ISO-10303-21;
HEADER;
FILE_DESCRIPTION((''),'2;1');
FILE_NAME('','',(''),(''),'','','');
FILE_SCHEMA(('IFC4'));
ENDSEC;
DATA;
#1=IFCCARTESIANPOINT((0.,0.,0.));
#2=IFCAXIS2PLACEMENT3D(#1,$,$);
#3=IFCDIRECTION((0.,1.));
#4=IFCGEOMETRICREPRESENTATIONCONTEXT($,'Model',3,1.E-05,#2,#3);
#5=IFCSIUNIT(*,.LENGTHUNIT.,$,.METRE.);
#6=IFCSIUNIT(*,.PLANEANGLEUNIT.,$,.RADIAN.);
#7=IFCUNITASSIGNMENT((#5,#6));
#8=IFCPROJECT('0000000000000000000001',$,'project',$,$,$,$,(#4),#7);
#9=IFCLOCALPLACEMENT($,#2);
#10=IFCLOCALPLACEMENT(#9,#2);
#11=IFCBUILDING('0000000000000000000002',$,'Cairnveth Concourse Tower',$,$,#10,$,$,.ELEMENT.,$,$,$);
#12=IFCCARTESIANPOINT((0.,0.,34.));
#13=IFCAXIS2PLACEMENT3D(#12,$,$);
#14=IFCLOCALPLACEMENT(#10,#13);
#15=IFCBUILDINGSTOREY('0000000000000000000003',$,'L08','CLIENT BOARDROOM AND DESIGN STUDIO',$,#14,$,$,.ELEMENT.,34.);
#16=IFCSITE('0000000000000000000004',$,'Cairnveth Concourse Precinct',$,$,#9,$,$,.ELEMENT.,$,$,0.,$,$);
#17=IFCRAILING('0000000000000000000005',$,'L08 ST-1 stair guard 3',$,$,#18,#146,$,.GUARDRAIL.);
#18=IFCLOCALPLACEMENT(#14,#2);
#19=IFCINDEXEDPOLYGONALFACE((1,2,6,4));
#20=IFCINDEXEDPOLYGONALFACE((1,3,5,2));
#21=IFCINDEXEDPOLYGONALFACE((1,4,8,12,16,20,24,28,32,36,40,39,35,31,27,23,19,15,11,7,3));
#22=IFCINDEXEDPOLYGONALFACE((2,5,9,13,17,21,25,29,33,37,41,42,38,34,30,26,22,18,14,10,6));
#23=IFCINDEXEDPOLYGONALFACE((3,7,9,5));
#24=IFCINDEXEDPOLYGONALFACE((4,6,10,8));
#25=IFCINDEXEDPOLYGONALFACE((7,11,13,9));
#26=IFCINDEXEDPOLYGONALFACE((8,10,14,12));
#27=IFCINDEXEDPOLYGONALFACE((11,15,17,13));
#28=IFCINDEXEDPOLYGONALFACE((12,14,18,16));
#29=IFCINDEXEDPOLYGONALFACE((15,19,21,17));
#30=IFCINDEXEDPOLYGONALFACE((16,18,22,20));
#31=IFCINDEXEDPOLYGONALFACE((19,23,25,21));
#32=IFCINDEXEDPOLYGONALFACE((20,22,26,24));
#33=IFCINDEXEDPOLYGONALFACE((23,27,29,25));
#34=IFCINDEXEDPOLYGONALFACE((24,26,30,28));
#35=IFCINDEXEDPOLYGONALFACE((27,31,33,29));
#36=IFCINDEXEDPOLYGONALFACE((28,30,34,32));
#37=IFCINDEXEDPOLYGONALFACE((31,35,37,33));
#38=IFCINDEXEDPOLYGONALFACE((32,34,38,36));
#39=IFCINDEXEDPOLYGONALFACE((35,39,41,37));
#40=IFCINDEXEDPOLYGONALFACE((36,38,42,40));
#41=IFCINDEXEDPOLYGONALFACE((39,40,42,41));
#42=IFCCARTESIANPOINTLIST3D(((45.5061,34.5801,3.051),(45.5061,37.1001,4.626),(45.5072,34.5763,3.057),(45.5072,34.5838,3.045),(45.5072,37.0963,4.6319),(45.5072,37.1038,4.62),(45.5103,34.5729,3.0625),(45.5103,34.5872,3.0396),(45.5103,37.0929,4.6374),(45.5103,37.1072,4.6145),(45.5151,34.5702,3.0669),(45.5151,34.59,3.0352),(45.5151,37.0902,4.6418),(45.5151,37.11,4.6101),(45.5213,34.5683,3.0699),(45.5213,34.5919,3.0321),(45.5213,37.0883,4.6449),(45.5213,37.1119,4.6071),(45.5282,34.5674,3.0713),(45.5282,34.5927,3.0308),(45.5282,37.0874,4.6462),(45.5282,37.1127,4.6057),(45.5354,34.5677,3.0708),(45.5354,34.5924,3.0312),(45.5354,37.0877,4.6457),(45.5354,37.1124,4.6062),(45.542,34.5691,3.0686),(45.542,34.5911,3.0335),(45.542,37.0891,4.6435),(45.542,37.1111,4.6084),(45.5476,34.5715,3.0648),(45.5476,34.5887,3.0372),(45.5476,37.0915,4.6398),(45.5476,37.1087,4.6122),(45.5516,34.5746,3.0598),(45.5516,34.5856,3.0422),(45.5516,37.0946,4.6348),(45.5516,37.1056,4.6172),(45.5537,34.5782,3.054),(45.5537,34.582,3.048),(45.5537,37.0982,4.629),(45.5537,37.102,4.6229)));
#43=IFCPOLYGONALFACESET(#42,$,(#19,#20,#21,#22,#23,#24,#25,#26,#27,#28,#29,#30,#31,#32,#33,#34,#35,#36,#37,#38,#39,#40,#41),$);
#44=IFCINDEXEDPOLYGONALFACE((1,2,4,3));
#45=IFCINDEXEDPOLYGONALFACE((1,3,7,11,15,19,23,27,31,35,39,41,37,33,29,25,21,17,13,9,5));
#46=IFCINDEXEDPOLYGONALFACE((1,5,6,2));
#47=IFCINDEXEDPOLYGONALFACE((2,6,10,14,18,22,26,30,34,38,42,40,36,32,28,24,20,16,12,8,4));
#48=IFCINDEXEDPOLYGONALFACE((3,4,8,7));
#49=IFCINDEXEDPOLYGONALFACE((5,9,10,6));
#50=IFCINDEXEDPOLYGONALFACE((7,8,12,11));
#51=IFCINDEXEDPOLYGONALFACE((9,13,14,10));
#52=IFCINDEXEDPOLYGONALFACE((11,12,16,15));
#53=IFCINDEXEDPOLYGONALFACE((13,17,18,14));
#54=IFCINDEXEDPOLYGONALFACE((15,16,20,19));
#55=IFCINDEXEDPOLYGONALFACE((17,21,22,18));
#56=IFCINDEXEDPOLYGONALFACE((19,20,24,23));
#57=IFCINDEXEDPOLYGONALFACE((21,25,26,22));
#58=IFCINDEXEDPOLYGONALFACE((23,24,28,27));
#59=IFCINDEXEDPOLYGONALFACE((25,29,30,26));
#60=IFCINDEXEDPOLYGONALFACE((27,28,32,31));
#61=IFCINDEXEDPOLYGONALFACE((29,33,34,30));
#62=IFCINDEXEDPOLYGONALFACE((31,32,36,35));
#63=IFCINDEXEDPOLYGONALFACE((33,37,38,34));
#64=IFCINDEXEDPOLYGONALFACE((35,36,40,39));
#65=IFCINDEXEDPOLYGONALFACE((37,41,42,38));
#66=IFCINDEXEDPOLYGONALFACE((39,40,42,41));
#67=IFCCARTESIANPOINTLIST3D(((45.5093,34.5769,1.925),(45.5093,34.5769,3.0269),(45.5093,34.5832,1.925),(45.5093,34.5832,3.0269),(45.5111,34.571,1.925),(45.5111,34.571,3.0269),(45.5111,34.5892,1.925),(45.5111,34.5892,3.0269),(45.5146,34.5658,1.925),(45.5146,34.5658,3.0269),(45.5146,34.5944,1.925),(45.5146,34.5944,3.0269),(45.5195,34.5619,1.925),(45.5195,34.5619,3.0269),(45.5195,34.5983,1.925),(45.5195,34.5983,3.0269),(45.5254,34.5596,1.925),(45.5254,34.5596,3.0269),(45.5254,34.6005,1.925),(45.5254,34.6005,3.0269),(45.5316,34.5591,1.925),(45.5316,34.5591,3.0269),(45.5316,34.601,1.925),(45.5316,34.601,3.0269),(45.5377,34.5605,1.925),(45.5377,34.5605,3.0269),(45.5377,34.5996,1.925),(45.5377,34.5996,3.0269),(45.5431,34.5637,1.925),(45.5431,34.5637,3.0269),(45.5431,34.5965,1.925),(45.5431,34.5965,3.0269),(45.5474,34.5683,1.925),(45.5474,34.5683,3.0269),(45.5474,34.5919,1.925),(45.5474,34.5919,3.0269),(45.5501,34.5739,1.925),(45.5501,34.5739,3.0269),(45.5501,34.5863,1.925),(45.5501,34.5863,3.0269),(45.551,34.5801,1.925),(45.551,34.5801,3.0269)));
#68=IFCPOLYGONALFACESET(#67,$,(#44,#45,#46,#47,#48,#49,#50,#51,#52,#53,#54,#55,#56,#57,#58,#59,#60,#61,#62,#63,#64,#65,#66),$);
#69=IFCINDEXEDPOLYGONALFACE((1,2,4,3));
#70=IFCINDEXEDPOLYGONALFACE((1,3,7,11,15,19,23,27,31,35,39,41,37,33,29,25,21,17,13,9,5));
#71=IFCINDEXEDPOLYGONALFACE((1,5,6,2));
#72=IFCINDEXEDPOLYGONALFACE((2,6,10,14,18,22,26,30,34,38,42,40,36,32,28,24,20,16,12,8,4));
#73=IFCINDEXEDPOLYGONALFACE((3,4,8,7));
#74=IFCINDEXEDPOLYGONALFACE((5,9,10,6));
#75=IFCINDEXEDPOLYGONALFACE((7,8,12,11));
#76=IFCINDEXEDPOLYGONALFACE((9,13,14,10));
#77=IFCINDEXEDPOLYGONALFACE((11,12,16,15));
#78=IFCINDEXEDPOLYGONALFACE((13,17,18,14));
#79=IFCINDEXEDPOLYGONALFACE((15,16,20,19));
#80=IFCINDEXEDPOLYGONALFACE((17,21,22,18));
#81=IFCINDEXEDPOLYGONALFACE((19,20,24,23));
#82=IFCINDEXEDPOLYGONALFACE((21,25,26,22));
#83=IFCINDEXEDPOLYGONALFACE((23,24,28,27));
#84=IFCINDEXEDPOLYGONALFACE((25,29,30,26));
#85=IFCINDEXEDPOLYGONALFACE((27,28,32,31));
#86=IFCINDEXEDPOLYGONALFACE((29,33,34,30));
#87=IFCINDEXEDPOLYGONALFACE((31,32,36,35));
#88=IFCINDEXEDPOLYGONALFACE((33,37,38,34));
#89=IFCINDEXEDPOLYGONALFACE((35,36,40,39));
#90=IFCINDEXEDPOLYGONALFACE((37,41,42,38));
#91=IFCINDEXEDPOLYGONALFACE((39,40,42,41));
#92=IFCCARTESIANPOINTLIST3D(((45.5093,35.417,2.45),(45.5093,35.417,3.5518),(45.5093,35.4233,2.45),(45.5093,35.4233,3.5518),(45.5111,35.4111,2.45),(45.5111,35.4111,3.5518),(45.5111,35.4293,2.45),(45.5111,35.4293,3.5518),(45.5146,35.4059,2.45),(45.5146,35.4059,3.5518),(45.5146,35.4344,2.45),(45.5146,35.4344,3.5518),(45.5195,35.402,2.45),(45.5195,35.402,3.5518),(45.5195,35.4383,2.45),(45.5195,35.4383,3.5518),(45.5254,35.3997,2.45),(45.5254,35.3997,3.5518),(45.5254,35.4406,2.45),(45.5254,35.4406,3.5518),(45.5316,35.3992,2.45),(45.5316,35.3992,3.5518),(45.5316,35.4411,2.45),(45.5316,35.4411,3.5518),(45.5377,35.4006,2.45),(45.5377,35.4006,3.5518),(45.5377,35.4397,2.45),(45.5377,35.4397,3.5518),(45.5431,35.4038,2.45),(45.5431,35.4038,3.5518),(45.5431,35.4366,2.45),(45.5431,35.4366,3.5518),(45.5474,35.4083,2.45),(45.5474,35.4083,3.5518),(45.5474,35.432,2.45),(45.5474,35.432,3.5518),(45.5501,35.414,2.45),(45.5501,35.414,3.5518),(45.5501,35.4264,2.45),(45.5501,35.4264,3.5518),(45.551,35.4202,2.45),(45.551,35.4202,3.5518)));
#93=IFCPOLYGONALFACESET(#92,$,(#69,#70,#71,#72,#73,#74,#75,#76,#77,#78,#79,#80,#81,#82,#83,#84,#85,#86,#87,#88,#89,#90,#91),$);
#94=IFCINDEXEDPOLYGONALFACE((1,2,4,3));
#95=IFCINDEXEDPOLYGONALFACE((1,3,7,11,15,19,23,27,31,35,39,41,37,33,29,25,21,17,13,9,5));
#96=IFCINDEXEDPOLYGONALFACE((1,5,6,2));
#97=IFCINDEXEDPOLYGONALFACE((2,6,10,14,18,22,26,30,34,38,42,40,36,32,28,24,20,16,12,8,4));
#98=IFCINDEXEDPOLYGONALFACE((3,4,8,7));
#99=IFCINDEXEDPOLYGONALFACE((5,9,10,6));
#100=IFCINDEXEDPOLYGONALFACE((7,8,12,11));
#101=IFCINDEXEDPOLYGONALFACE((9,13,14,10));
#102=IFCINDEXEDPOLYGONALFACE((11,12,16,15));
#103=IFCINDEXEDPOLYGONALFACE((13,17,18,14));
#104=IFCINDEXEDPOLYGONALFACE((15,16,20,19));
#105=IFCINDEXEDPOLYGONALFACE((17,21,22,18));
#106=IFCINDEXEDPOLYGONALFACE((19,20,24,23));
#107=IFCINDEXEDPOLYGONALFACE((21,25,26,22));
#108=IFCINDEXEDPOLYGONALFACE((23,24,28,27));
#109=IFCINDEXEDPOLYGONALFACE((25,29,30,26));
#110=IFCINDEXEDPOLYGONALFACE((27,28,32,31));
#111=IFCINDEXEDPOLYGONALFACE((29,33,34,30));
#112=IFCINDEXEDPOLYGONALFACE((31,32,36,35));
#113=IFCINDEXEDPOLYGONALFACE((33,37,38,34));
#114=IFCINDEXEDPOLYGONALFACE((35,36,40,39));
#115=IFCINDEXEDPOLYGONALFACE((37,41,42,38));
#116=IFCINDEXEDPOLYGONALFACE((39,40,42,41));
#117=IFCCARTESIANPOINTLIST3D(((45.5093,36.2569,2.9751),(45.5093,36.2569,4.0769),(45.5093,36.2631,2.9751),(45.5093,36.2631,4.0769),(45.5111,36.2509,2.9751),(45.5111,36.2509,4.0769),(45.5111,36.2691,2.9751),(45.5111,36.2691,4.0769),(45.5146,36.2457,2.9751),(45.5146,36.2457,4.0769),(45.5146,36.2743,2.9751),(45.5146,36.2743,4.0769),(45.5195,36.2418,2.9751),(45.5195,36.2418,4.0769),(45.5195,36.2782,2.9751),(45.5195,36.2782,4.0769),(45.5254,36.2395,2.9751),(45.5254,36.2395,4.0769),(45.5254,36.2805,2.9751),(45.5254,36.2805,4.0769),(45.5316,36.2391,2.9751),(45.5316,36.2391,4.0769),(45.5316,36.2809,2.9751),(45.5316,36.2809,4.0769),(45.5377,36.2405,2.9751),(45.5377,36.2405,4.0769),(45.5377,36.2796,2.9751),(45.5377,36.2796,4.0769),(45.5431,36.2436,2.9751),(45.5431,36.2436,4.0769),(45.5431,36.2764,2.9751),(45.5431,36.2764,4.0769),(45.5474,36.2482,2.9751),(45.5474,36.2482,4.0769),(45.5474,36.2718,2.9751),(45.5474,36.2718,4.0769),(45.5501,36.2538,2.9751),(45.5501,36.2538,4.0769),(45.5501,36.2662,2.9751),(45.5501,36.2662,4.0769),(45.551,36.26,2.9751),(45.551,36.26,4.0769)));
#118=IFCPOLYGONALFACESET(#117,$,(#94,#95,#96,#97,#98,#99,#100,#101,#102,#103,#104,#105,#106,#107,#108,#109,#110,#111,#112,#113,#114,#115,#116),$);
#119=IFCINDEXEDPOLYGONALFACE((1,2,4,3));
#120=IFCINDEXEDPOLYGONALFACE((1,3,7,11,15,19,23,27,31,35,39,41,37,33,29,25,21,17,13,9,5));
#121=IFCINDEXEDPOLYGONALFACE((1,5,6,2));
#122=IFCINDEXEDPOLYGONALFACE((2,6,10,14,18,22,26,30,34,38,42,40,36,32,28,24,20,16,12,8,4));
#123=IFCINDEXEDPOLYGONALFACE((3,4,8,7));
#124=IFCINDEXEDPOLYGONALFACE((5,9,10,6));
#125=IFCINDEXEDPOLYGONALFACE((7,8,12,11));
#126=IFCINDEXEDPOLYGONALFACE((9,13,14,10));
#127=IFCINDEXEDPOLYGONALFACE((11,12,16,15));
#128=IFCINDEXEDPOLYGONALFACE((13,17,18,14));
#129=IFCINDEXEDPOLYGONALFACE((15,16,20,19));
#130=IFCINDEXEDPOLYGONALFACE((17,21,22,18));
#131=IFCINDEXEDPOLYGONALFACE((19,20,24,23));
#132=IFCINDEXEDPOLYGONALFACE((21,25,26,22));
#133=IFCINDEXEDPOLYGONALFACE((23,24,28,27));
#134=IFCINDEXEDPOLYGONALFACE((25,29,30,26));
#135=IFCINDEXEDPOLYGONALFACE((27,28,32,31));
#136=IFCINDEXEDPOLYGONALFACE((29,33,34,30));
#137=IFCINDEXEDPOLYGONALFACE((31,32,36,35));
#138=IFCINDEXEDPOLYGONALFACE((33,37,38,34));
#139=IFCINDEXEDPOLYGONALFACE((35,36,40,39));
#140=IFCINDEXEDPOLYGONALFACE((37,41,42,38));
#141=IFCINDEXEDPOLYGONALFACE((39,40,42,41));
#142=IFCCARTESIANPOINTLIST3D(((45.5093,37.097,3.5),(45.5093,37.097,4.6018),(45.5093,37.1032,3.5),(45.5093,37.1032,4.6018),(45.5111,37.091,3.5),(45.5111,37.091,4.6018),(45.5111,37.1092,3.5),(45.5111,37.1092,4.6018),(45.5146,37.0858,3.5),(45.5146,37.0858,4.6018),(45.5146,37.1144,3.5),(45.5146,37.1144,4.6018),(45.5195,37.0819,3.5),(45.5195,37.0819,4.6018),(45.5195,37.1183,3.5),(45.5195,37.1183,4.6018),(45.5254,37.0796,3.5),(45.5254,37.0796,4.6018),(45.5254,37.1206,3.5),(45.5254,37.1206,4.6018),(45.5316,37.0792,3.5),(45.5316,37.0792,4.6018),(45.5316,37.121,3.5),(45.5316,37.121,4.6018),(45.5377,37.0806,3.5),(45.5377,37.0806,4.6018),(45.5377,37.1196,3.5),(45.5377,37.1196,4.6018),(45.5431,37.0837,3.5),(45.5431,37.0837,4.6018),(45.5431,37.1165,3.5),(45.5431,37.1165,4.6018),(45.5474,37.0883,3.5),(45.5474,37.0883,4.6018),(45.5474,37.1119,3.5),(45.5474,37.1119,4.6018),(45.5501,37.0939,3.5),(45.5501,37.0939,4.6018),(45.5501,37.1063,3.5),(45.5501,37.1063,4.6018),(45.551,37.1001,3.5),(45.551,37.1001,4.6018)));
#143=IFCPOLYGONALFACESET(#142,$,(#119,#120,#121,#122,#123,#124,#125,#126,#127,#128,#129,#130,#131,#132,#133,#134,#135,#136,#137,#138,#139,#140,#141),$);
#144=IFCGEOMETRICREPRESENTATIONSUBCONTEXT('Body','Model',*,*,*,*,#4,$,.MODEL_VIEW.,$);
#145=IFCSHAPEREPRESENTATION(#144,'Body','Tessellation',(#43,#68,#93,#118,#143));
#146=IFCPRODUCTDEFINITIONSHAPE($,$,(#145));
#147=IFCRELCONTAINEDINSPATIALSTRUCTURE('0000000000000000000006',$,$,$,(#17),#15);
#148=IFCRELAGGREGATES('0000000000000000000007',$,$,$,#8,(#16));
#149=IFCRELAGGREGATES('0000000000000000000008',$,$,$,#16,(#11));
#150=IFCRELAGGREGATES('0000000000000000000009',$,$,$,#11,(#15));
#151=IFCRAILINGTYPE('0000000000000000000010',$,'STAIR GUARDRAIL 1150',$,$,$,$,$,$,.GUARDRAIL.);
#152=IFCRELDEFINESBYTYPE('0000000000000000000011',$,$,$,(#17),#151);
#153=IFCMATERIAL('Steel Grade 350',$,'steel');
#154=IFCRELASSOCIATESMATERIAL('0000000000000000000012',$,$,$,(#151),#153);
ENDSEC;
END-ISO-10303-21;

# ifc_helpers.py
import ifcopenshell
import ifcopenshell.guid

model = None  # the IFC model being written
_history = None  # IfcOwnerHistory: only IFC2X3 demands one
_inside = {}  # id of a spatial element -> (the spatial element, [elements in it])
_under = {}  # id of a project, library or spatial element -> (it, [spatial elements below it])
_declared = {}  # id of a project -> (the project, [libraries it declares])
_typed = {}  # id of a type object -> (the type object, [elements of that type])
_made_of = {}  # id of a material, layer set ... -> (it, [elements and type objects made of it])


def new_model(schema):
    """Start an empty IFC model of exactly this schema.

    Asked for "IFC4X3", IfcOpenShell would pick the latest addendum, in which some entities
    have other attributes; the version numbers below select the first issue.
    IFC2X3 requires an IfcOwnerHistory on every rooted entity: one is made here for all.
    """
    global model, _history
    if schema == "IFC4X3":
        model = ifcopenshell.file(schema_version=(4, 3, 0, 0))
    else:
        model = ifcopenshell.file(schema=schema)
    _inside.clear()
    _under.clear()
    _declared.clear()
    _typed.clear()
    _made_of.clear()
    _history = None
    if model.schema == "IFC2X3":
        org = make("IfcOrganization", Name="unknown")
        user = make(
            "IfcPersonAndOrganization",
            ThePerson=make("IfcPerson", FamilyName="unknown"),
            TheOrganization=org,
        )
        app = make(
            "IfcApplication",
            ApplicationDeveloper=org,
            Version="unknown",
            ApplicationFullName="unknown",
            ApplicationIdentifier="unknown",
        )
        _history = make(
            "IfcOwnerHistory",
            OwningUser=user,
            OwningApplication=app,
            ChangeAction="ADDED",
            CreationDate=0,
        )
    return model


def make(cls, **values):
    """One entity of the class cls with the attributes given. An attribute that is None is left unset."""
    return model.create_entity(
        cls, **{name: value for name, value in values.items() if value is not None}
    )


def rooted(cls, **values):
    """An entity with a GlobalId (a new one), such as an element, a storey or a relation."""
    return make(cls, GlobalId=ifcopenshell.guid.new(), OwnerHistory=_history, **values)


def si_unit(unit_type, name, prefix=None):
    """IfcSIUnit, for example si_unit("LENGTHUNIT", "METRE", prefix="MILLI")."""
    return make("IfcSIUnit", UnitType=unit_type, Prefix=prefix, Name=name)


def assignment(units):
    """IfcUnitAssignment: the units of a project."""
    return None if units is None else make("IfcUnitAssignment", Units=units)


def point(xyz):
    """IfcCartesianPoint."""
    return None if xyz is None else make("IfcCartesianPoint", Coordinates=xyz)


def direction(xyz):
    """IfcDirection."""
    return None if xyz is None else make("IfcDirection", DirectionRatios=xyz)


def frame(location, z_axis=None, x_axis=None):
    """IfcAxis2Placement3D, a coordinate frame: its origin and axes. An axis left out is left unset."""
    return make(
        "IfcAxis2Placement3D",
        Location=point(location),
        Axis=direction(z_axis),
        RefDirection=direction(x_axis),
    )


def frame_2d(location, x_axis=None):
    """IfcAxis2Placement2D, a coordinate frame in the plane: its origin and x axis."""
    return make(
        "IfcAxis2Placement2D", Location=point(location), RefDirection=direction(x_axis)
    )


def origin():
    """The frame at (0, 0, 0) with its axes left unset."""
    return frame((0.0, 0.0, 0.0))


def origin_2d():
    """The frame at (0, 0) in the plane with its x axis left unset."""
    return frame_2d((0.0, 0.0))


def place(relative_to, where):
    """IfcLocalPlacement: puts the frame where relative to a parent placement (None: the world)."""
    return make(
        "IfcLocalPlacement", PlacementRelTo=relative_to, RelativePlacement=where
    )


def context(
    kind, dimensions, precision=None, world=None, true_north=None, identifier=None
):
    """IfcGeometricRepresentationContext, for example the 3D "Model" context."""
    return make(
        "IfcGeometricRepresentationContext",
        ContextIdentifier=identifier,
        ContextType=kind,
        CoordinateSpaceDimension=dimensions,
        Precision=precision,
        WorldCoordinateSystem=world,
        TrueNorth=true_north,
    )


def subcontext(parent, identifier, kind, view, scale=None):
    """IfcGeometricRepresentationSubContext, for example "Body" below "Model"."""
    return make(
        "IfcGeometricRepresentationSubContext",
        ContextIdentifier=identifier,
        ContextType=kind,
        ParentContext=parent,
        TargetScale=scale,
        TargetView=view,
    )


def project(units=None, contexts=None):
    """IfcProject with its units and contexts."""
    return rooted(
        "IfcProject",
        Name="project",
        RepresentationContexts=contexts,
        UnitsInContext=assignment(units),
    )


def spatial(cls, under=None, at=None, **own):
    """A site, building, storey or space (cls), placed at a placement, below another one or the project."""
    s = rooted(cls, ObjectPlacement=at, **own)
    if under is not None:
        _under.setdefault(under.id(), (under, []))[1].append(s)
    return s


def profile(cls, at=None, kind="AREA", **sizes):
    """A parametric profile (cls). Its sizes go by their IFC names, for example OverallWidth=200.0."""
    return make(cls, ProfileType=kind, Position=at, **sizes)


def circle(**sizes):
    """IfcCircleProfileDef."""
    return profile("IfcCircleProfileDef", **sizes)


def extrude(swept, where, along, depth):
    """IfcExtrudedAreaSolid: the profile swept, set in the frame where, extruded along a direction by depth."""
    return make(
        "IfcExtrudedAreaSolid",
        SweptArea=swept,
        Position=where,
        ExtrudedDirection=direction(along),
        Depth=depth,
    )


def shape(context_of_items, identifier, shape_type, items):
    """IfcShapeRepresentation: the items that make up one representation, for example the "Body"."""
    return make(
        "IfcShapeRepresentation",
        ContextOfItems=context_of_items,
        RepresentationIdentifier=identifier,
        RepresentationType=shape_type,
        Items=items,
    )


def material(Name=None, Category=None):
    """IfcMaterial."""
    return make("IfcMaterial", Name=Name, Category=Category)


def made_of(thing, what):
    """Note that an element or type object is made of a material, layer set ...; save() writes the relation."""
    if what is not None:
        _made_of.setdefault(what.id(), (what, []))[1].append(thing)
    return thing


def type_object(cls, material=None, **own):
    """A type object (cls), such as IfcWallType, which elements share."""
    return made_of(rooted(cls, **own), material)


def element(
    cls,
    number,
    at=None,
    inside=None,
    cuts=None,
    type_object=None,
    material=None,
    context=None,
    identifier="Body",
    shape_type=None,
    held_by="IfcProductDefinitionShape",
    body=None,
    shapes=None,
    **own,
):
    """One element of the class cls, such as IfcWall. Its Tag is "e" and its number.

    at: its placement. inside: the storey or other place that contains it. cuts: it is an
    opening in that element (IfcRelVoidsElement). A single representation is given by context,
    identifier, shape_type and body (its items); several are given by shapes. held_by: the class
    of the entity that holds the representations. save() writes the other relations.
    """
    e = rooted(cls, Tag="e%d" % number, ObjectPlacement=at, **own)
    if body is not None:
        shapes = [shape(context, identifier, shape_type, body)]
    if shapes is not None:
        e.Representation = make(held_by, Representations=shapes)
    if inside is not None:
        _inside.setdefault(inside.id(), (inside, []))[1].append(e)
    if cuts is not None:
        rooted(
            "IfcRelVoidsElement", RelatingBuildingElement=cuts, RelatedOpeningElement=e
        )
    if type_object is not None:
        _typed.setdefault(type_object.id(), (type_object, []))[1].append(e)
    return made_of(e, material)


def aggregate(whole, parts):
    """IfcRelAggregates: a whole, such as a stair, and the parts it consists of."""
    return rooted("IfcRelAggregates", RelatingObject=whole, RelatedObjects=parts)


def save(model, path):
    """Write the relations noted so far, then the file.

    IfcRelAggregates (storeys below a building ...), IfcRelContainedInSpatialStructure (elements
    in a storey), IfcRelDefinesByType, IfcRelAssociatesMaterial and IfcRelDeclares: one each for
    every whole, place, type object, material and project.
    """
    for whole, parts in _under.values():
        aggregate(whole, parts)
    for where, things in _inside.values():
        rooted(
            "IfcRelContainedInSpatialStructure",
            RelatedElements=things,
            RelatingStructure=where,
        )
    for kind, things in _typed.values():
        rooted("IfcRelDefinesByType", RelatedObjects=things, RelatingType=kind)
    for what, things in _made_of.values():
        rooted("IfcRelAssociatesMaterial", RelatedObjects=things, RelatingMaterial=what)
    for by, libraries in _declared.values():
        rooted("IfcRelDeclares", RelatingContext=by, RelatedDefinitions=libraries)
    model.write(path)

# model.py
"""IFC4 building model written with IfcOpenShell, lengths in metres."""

from ifc_helpers import new_model, si_unit, direction, frame, origin, origin_2d, place, context, subcontext, project, spatial, circle, extrude, material, type_object, element, save


model = new_model("IFC4")

# Units and contexts
model_context = context("Model", 3, precision=1e-05, world=origin(), true_north=direction((0.0, 1.0)))
body_context = subcontext(model_context, "Body", "Model", "MODEL_VIEW")
ifc_project = project(units=[si_unit("LENGTHUNIT", "METRE"), si_unit("PLANEANGLEUNIT", "RADIAN")], contexts=[model_context])

# Site, building, storey
site_placement = place(None, origin())
site = spatial("IfcSite", under=ifc_project, at=site_placement, Name="Cairnveth Concourse Precinct", CompositionType="ELEMENT", RefElevation=0.0)
building_placement = place(site_placement, origin())
building = spatial("IfcBuilding", under=site, at=building_placement, Name="Cairnveth Concourse Tower", CompositionType="ELEMENT")
storey_placement = place(building_placement, frame((0.0, 0.0, 34.0)))
storey = spatial("IfcBuildingStorey", under=building, at=storey_placement, Name="L08", Description="CLIENT BOARDROOM AND DESIGN STUDIO", CompositionType="ELEMENT", Elevation=34.0)

# Railing
ifc_material_1 = material(Name="Steel Grade 350", Category="steel")
railing_type_1 = type_object("IfcRailingType", Name="STAIR GUARDRAIL 1150", PredefinedType="GUARDRAIL", material=ifc_material_1)
railing_1_placement = place(storey_placement, frame((45.53, 34.5801, 1.925)))
element("IfcRailing", 1, at=railing_1_placement, inside=storey, type_object=railing_type_1, Name="L08 ST-1 stair guard 3", PredefinedType="GUARDRAIL", context=body_context, shape_type="SweptSolid", body=[
    extrude(circle(Radius=0.0239, at=origin_2d()), frame((0.0, 0.0, 1.126), z_axis=(0.0, 0.848008, 0.529984), x_axis=(-1.0, 0.0, 0.0)), (0.0, 0.0, 1.0), 2.9717),
    extrude(circle(Radius=0.021, at=origin_2d()), origin(), (0.0, 0.0, 1.0), 1.1018),
    extrude(circle(Radius=0.021, at=origin_2d()), frame((0.0, 0.8401, 0.5249)), (0.0, 0.0, 1.0), 1.1018),
    extrude(circle(Radius=0.021, at=origin_2d()), frame((0.0, 1.6799, 1.05)), (0.0, 0.0, 1.0), 1.1018),
    extrude(circle(Radius=0.021, at=origin_2d()), frame((0.0, 2.52, 1.575)), (0.0, 0.0, 1.0), 1.1018),
])

save(model, "model.ifc")
